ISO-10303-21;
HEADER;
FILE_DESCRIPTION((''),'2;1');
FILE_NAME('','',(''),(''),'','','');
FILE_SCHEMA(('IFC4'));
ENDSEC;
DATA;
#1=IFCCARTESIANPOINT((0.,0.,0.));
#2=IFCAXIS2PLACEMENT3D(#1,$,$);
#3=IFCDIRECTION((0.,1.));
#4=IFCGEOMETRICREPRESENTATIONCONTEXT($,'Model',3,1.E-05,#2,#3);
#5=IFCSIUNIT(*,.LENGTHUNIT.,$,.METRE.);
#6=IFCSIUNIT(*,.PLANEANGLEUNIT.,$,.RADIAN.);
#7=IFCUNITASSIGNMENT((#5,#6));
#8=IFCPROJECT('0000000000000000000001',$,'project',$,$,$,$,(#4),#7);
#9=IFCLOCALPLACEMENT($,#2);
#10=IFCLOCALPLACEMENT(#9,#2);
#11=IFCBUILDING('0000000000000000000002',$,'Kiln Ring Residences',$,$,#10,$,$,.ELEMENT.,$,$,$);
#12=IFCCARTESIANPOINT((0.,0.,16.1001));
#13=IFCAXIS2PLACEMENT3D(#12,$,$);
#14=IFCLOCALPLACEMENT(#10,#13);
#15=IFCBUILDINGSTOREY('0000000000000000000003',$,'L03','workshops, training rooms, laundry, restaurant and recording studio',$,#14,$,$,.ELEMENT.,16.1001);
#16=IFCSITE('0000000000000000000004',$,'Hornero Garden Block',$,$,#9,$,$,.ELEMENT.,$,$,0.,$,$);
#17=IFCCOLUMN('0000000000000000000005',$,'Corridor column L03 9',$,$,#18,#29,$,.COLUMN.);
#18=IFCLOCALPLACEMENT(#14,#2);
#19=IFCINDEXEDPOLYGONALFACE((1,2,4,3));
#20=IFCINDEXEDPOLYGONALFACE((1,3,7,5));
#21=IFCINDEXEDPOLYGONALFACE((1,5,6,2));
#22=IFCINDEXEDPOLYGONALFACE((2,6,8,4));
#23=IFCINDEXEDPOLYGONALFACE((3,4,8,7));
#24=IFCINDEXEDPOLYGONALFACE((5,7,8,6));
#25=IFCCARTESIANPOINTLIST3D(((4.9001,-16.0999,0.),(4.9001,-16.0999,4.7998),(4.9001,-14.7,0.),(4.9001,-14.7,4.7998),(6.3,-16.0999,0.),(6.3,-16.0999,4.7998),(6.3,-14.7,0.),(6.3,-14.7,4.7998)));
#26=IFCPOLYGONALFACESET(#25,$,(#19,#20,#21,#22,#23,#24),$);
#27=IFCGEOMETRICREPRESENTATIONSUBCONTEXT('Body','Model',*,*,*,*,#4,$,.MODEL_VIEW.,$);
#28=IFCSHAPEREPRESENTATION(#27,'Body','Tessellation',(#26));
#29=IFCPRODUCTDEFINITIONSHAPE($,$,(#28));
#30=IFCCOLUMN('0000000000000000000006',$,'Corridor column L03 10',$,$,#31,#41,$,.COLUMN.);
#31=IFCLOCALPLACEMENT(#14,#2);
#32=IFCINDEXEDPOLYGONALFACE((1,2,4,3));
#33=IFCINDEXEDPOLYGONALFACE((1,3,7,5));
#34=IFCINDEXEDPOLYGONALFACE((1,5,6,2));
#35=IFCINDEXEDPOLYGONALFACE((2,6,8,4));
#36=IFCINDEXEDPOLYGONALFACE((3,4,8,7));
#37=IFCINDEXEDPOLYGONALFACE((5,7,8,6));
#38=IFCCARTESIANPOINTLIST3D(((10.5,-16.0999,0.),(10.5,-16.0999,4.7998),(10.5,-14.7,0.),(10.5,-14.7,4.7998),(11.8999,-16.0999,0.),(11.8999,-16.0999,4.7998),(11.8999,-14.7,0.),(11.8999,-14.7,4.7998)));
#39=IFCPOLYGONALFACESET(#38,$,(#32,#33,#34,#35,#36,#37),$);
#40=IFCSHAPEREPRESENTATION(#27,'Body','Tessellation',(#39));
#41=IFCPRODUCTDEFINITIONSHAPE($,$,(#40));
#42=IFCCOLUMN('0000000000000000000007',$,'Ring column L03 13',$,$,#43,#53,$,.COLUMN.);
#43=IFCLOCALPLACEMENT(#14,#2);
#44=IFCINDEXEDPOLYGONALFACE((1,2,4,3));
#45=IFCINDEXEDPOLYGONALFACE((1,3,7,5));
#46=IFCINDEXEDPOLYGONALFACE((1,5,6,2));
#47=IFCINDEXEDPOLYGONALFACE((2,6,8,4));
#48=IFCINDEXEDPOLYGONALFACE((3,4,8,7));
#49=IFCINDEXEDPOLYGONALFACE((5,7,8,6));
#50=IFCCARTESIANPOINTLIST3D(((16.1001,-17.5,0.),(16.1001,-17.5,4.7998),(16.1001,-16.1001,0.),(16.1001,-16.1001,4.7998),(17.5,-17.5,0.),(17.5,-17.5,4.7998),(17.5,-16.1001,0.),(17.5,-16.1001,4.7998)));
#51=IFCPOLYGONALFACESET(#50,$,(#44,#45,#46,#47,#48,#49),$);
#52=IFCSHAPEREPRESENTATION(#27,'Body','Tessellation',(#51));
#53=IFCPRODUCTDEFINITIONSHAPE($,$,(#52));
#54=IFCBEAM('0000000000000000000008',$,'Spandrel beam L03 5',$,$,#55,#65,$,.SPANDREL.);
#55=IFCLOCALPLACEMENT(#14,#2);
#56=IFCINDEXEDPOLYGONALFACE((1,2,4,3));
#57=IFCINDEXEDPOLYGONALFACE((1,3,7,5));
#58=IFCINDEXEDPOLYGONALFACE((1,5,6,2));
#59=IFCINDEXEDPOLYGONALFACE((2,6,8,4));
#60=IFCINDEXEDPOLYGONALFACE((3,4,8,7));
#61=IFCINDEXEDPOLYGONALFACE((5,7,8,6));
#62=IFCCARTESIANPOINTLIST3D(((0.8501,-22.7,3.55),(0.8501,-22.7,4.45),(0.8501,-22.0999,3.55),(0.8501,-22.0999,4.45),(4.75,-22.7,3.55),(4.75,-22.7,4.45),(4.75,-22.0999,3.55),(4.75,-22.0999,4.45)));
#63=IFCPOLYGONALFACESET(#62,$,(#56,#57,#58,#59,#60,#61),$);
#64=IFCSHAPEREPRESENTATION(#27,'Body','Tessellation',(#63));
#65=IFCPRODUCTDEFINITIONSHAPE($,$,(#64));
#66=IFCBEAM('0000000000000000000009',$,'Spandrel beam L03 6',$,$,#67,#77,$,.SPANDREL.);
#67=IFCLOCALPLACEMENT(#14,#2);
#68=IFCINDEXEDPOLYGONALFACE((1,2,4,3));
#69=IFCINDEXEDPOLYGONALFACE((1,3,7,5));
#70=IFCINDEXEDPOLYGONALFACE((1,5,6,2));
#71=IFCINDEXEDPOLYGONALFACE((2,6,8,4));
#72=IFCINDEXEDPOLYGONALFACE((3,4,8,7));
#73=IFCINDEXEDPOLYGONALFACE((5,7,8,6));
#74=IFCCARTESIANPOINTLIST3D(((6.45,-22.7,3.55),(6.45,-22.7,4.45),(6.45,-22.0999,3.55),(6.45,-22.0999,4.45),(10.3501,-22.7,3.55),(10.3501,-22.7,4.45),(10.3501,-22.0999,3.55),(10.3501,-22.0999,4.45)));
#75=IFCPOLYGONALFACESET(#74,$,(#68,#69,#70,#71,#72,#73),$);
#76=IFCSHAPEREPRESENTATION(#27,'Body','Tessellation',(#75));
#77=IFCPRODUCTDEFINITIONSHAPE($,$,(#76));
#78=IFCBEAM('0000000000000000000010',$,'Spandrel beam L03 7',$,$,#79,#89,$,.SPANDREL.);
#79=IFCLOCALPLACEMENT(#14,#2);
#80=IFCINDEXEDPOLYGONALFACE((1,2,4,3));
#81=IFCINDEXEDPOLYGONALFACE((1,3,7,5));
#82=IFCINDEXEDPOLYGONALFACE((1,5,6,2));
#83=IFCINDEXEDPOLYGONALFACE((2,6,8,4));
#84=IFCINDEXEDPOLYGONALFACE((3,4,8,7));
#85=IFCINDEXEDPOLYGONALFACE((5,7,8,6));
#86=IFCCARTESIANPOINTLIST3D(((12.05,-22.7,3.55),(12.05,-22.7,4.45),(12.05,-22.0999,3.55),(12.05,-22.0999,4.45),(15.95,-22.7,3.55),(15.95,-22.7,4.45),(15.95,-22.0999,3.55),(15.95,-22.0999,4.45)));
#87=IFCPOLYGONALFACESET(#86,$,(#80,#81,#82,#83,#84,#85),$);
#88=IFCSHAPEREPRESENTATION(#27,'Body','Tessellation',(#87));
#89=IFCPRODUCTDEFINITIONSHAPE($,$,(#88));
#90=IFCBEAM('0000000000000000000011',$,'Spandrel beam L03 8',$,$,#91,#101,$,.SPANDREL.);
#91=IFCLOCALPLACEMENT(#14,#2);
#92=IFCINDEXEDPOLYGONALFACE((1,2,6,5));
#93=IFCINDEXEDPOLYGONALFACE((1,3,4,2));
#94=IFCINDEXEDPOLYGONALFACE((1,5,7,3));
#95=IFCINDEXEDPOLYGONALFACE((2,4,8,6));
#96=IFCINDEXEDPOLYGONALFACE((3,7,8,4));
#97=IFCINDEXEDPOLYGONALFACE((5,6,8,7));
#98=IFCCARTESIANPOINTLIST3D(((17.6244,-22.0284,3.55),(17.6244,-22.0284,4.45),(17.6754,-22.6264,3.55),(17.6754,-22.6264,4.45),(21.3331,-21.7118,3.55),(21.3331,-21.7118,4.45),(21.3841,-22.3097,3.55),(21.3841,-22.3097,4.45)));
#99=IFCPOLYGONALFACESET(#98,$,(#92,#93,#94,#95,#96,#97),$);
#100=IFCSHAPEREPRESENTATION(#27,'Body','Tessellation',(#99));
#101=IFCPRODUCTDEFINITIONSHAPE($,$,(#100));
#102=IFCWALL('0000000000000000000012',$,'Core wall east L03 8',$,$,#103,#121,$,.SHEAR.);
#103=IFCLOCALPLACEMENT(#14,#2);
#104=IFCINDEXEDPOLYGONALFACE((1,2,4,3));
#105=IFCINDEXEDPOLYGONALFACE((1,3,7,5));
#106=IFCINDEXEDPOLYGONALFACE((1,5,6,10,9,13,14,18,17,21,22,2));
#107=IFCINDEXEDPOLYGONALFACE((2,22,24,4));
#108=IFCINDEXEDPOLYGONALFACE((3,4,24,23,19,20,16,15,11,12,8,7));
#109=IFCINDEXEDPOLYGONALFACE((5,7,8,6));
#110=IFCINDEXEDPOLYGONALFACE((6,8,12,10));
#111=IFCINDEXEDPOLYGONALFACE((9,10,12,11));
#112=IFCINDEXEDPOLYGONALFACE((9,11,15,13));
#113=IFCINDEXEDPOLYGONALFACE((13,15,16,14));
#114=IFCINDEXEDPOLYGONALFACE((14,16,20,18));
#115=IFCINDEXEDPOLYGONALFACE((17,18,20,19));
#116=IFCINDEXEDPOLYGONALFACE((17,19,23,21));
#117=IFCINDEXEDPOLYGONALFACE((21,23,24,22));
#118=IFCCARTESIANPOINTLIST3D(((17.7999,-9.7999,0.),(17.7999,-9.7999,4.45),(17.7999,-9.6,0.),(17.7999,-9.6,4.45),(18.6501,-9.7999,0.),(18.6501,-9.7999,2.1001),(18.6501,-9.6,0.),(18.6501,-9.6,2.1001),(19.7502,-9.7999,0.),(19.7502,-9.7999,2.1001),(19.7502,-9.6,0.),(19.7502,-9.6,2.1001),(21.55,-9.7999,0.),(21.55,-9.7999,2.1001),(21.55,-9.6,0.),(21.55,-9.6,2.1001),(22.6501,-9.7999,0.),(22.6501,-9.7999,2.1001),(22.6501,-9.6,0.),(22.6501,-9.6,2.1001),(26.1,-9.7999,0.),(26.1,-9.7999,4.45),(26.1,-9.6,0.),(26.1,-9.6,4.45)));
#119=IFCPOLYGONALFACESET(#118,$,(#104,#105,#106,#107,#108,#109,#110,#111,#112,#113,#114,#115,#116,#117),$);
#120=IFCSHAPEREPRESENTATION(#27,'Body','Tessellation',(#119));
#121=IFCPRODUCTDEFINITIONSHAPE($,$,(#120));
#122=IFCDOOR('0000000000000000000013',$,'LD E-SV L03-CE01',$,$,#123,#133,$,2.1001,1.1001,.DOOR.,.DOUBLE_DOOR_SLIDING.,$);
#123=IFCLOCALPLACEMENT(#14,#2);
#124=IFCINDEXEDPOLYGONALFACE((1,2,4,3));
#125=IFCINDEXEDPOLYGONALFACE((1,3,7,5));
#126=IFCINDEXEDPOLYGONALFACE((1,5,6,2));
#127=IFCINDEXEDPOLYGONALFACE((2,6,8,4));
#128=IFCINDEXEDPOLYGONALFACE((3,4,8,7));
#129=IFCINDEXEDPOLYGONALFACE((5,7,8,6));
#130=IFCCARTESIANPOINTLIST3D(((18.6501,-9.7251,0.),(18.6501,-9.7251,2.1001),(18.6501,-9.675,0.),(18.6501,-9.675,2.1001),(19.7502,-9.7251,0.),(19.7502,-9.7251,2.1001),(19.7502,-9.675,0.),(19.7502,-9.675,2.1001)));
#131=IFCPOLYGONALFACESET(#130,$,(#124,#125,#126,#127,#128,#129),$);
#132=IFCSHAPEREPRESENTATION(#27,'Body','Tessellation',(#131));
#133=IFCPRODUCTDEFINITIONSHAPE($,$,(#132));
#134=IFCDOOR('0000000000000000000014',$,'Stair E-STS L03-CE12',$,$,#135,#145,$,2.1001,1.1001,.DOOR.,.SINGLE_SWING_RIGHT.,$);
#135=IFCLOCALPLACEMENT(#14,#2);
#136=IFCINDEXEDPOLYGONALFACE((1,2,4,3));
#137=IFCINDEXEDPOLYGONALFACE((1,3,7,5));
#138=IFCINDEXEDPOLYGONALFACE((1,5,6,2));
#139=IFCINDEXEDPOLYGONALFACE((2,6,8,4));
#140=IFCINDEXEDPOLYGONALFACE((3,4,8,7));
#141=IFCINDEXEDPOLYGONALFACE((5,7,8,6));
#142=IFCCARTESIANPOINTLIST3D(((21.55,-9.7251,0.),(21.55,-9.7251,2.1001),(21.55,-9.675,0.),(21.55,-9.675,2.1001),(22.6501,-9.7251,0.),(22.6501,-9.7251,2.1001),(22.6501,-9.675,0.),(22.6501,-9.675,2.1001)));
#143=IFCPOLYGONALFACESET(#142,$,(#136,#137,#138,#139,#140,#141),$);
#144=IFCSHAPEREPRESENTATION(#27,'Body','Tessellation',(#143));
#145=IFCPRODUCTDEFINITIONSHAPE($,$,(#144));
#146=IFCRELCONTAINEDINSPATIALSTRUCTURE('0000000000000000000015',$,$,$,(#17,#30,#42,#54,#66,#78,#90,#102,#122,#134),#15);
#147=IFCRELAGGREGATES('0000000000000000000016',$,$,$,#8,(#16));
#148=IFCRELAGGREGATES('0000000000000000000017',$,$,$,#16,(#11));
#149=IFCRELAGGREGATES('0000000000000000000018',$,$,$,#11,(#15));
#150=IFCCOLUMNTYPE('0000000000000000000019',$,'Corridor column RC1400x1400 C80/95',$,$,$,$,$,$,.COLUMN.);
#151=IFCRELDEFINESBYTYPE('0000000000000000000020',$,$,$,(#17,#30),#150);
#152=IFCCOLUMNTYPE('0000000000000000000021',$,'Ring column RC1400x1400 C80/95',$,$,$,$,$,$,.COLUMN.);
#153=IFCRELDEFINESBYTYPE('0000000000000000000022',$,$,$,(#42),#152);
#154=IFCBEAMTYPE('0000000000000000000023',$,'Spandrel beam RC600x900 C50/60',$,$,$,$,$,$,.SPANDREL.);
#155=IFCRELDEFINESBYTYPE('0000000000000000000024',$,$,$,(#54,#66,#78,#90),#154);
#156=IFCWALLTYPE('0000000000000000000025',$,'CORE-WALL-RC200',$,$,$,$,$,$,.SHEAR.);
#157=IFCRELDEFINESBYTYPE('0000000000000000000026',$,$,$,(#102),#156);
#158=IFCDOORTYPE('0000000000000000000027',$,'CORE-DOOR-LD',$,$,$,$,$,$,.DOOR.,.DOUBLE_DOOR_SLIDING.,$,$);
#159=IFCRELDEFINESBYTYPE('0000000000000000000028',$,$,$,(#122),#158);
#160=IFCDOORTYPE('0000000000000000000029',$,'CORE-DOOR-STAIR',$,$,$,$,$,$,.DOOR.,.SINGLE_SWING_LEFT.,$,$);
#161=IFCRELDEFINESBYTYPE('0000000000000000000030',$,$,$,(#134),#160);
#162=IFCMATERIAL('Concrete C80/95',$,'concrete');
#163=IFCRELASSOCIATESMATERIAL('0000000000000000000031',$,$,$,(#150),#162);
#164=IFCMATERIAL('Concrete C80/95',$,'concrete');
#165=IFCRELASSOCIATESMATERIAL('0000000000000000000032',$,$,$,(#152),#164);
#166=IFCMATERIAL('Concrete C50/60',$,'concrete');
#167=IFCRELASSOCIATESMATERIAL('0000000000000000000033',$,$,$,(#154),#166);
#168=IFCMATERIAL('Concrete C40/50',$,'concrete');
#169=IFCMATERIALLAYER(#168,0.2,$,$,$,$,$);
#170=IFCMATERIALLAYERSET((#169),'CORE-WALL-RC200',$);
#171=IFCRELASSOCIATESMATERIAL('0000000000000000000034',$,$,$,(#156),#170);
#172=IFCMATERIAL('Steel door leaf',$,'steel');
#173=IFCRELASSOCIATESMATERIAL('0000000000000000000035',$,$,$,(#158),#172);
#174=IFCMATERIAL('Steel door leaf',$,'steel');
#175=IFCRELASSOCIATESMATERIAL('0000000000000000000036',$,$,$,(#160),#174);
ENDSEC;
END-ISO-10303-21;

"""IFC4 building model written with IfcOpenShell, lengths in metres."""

from ifc_helpers import new_model, si_unit, direction, frame, frame_2d, origin, origin_2d, place, context, subcontext, project, spatial, rectangle, extrude, material, layer, layer_set, material_profile, profile_set, type_object, element, fill, save


model = new_model("IFC4")

# Units and contexts
model_context = context("Model", 3, precision=1e-05, world=origin(), true_north=direction((0.0, 1.0)))
body_context = subcontext(model_context, "Body", "Model", "MODEL_VIEW")
ifc_project = project(units=[si_unit("LENGTHUNIT", "METRE"), si_unit("PLANEANGLEUNIT", "RADIAN")], contexts=[model_context])

# Site, building, storey
site_placement = place(None, origin())
site = spatial("IfcSite", under=ifc_project, at=site_placement, Name="Hornero Garden Block", CompositionType="ELEMENT", RefElevation=0.0)
building_placement = place(site_placement, origin())
building = spatial("IfcBuilding", under=site, at=building_placement, Name="Kiln Ring Residences", CompositionType="ELEMENT")
storey_placement = place(building_placement, frame((0.0, 0.0, 16.1001)))
storey = spatial("IfcBuildingStorey", under=building, at=storey_placement, Name="L03", Description="workshops, training rooms, laundry, restaurant and recording studio", CompositionType="ELEMENT", Elevation=16.1001)

# Columns
ifc_material_1 = material(Name="Concrete C80/95", Category="concrete")
ifc_material_profile_1 = material_profile(ifc_material_1, rectangle(XDim=1.3999, YDim=1.3999, at=origin_2d()), Name="RC1400x1400")
ifc_profile_set_1 = profile_set([ifc_material_profile_1], Name="Concrete C80/95")
column_type_1 = type_object("IfcColumnType", Name="Corridor column RC1400x1400 C80/95", PredefinedType="COLUMN", material=ifc_profile_set_1)
for number, where, z_axis, x_axis, name in (
    (1, (5.6001, -15.3999, 0.0), (0.0, 0.0, 1.0), (1.0, 0.0, 0.0), "Corridor column L03 9"),
    (2, (11.2, -15.3999, 0.0), (0.0, 0.0, 1.0), (1.0, 0.0, 0.0), "Corridor column L03 10"),
):
    element("IfcColumn", number, at=place(storey_placement, frame(where, z_axis=z_axis, x_axis=x_axis)), inside=storey, type_object=column_type_1, Name=name, PredefinedType="COLUMN", context=body_context, shape_type="SweptSolid", body=[
        extrude(rectangle(XDim=1.3999, YDim=1.3999, at=origin_2d()), origin(), (0.0, 0.0, 1.0), 4.7998),
    ])
ifc_material_2 = material(Name="Concrete C80/95", Category="concrete")
ifc_material_profile_2 = material_profile(ifc_material_2, rectangle(XDim=1.3999, YDim=1.3999, at=origin_2d()), Name="RC1400x1400")
ifc_profile_set_2 = profile_set([ifc_material_profile_2], Name="Concrete C80/95")
column_type_2 = type_object("IfcColumnType", Name="Ring column RC1400x1400 C80/95", PredefinedType="COLUMN", material=ifc_profile_set_2)
column_placement = place(storey_placement, frame((16.8, -16.8, 0.0), z_axis=(0.0, 0.0, 1.0), x_axis=(1.0, 0.0, 0.0)))
element("IfcColumn", 3, at=column_placement, inside=storey, type_object=column_type_2, Name="Ring column L03 13", PredefinedType="COLUMN", context=body_context, shape_type="SweptSolid", body=[
    extrude(rectangle(XDim=1.3999, YDim=1.3999, at=origin_2d()), origin(), (0.0, 0.0, 1.0), 4.7998),
])

# Beams
ifc_material_3 = material(Name="Concrete C50/60", Category="concrete")
ifc_material_profile_3 = material_profile(ifc_material_3, rectangle(XDim=0.6001, YDim=0.8999, at=origin_2d()), Name="RC600x900")
ifc_profile_set_3 = profile_set([ifc_material_profile_3], Name="Concrete C50/60")
beam_type = type_object("IfcBeamType", Name="Spandrel beam RC600x900 C50/60", PredefinedType="SPANDREL", material=ifc_profile_set_3)
beam_1_placement = place(storey_placement, frame((0.8501, -22.3999, 4.0), z_axis=(1.0, 0.0, 0.0), x_axis=(0.0, 1.0, 0.0)))
element("IfcBeam", 4, at=beam_1_placement, inside=storey, type_object=beam_type, Name="Spandrel beam L03 5", PredefinedType="SPANDREL", context=body_context, shape_type="SweptSolid", body=[
    extrude(rectangle(XDim=0.6001, YDim=0.8999, at=origin_2d()), origin(), (0.0, 0.0, 1.0), 3.8999),
])
beam_2_placement = place(storey_placement, frame((6.45, -22.3999, 4.0), z_axis=(1.0, 0.0, 0.0), x_axis=(0.0, 1.0, 0.0)))
element("IfcBeam", 5, at=beam_2_placement, inside=storey, type_object=beam_type, Name="Spandrel beam L03 6", PredefinedType="SPANDREL", context=body_context, shape_type="SweptSolid", body=[
    extrude(rectangle(XDim=0.6001, YDim=0.8999, at=origin_2d()), origin(), (0.0, 0.0, 1.0), 3.9001),
])
beam_3_placement = place(storey_placement, frame((12.05, -22.3999, 4.0), z_axis=(1.0, 0.0, 0.0), x_axis=(0.0, 1.0, 0.0)))
element("IfcBeam", 6, at=beam_3_placement, inside=storey, type_object=beam_type, Name="Spandrel beam L03 7", PredefinedType="SPANDREL", context=body_context, shape_type="SweptSolid", body=[
    extrude(rectangle(XDim=0.6001, YDim=0.8999, at=origin_2d()), origin(), (0.0, 0.0, 1.0), 3.8999),
])
beam_4_placement = place(storey_placement, frame((17.6499, -22.3274, 4.0), z_axis=(0.996375, 0.08507, 0.0), x_axis=(-0.08507, 0.996375, 0.0)))
element("IfcBeam", 7, at=beam_4_placement, inside=storey, type_object=beam_type, Name="Spandrel beam L03 8", PredefinedType="SPANDREL", context=body_context, shape_type="SweptSolid", body=[
    extrude(rectangle(XDim=0.6001, YDim=0.8999, at=origin_2d()), origin(), (0.0, 0.0, 1.0), 3.7222),
])

# Wall, openings, doors
ifc_material_4 = material(Name="Concrete C40/50", Category="concrete")
ifc_layer_1 = layer(ifc_material_4, 0.2)
ifc_layer_set_1 = layer_set([ifc_layer_1], Name="CORE-WALL-RC200")
wall_type_1 = type_object("IfcWallType", Name="CORE-WALL-RC200", PredefinedType="SHEAR", material=ifc_layer_set_1)
wall_1_placement = place(storey_placement, frame((17.8, -9.7, 0.0), z_axis=(0.0, 0.0, 1.0), x_axis=(1.0, 0.0, 0.0)))
wall_1 = element("IfcWall", 8, at=wall_1_placement, inside=storey, type_object=wall_type_1, Name="Core wall east L03 8", PredefinedType="SHEAR", context=body_context, shape_type="SweptSolid", body=[
    extrude(rectangle(XDim=8.3, YDim=0.2, at=frame_2d((4.1499, 0.0))), origin(), (0.0, 0.0, 1.0), 4.45),
])
opening_1_placement = place(wall_1_placement, frame((0.8501, 0.0, 0.0)))
opening_1 = element("IfcOpeningElement", 9, at=opening_1_placement, cuts=wall_1, PredefinedType="OPENING", context=body_context, shape_type="SweptSolid", body=[
    extrude(rectangle(XDim=1.1001, YDim=2.1001, at=frame_2d((0.55, 1.05))), frame((0.0, 0.1099, 0.0), z_axis=(0.0, -1.0, 0.0), x_axis=(1.0, 0.0, 0.0)), (0.0, 0.0, 1.0), 0.22),
])
opening_2_placement = place(wall_1_placement, frame((3.75, 0.0, 0.0)))
opening_2 = element("IfcOpeningElement", 10, at=opening_2_placement, cuts=wall_1, PredefinedType="OPENING", context=body_context, shape_type="SweptSolid", body=[
    extrude(rectangle(XDim=1.1001, YDim=2.1001, at=frame_2d((0.55, 1.05))), frame((0.0, 0.1099, 0.0), z_axis=(0.0, -1.0, 0.0), x_axis=(1.0, 0.0, 0.0)), (0.0, 0.0, 1.0), 0.22),
])
ifc_material_5 = material(Name="Steel door leaf", Category="steel")
door_type_1 = type_object("IfcDoorType", Name="CORE-DOOR-LD", OperationType="DOUBLE_DOOR_SLIDING", PredefinedType="DOOR", material=ifc_material_5)
door_1_placement = place(opening_1_placement, origin())
door_1 = element("IfcDoor", 11, at=door_1_placement, inside=storey, type_object=door_type_1, Name="LD E-SV L03-CE01", OperationType="DOUBLE_DOOR_SLIDING", OverallHeight=2.1001, OverallWidth=1.1001, PredefinedType="DOOR", context=body_context, shape_type="SweptSolid", body=[
    extrude(rectangle(XDim=1.1001, YDim=2.1001, at=frame_2d((0.55, 1.05))), frame((0.0, 0.0249, 0.0), z_axis=(0.0, -1.0, 0.0), x_axis=(1.0, 0.0, 0.0)), (0.0, 0.0, 1.0), 0.05),
])
fill(opening_1, door_1)
ifc_material_6 = material(Name="Steel door leaf", Category="steel")
door_type_2 = type_object("IfcDoorType", Name="CORE-DOOR-STAIR", OperationType="SINGLE_SWING_LEFT", PredefinedType="DOOR", material=ifc_material_6)
door_2_placement = place(opening_2_placement, origin())
door_2 = element("IfcDoor", 12, at=door_2_placement, inside=storey, type_object=door_type_2, Name="Stair E-STS L03-CE12", OperationType="SINGLE_SWING_RIGHT", OverallHeight=2.1001, OverallWidth=1.1001, PredefinedType="DOOR", context=body_context, shape_type="SweptSolid", body=[
    extrude(rectangle(XDim=1.1001, YDim=2.1001, at=frame_2d((0.55, 1.05))), frame((0.0, 0.0249, 0.0), z_axis=(0.0, -1.0, 0.0), x_axis=(1.0, 0.0, 0.0)), (0.0, 0.0, 1.0), 0.05),
])
fill(opening_2, door_2)

save(model, "model.ifc")
